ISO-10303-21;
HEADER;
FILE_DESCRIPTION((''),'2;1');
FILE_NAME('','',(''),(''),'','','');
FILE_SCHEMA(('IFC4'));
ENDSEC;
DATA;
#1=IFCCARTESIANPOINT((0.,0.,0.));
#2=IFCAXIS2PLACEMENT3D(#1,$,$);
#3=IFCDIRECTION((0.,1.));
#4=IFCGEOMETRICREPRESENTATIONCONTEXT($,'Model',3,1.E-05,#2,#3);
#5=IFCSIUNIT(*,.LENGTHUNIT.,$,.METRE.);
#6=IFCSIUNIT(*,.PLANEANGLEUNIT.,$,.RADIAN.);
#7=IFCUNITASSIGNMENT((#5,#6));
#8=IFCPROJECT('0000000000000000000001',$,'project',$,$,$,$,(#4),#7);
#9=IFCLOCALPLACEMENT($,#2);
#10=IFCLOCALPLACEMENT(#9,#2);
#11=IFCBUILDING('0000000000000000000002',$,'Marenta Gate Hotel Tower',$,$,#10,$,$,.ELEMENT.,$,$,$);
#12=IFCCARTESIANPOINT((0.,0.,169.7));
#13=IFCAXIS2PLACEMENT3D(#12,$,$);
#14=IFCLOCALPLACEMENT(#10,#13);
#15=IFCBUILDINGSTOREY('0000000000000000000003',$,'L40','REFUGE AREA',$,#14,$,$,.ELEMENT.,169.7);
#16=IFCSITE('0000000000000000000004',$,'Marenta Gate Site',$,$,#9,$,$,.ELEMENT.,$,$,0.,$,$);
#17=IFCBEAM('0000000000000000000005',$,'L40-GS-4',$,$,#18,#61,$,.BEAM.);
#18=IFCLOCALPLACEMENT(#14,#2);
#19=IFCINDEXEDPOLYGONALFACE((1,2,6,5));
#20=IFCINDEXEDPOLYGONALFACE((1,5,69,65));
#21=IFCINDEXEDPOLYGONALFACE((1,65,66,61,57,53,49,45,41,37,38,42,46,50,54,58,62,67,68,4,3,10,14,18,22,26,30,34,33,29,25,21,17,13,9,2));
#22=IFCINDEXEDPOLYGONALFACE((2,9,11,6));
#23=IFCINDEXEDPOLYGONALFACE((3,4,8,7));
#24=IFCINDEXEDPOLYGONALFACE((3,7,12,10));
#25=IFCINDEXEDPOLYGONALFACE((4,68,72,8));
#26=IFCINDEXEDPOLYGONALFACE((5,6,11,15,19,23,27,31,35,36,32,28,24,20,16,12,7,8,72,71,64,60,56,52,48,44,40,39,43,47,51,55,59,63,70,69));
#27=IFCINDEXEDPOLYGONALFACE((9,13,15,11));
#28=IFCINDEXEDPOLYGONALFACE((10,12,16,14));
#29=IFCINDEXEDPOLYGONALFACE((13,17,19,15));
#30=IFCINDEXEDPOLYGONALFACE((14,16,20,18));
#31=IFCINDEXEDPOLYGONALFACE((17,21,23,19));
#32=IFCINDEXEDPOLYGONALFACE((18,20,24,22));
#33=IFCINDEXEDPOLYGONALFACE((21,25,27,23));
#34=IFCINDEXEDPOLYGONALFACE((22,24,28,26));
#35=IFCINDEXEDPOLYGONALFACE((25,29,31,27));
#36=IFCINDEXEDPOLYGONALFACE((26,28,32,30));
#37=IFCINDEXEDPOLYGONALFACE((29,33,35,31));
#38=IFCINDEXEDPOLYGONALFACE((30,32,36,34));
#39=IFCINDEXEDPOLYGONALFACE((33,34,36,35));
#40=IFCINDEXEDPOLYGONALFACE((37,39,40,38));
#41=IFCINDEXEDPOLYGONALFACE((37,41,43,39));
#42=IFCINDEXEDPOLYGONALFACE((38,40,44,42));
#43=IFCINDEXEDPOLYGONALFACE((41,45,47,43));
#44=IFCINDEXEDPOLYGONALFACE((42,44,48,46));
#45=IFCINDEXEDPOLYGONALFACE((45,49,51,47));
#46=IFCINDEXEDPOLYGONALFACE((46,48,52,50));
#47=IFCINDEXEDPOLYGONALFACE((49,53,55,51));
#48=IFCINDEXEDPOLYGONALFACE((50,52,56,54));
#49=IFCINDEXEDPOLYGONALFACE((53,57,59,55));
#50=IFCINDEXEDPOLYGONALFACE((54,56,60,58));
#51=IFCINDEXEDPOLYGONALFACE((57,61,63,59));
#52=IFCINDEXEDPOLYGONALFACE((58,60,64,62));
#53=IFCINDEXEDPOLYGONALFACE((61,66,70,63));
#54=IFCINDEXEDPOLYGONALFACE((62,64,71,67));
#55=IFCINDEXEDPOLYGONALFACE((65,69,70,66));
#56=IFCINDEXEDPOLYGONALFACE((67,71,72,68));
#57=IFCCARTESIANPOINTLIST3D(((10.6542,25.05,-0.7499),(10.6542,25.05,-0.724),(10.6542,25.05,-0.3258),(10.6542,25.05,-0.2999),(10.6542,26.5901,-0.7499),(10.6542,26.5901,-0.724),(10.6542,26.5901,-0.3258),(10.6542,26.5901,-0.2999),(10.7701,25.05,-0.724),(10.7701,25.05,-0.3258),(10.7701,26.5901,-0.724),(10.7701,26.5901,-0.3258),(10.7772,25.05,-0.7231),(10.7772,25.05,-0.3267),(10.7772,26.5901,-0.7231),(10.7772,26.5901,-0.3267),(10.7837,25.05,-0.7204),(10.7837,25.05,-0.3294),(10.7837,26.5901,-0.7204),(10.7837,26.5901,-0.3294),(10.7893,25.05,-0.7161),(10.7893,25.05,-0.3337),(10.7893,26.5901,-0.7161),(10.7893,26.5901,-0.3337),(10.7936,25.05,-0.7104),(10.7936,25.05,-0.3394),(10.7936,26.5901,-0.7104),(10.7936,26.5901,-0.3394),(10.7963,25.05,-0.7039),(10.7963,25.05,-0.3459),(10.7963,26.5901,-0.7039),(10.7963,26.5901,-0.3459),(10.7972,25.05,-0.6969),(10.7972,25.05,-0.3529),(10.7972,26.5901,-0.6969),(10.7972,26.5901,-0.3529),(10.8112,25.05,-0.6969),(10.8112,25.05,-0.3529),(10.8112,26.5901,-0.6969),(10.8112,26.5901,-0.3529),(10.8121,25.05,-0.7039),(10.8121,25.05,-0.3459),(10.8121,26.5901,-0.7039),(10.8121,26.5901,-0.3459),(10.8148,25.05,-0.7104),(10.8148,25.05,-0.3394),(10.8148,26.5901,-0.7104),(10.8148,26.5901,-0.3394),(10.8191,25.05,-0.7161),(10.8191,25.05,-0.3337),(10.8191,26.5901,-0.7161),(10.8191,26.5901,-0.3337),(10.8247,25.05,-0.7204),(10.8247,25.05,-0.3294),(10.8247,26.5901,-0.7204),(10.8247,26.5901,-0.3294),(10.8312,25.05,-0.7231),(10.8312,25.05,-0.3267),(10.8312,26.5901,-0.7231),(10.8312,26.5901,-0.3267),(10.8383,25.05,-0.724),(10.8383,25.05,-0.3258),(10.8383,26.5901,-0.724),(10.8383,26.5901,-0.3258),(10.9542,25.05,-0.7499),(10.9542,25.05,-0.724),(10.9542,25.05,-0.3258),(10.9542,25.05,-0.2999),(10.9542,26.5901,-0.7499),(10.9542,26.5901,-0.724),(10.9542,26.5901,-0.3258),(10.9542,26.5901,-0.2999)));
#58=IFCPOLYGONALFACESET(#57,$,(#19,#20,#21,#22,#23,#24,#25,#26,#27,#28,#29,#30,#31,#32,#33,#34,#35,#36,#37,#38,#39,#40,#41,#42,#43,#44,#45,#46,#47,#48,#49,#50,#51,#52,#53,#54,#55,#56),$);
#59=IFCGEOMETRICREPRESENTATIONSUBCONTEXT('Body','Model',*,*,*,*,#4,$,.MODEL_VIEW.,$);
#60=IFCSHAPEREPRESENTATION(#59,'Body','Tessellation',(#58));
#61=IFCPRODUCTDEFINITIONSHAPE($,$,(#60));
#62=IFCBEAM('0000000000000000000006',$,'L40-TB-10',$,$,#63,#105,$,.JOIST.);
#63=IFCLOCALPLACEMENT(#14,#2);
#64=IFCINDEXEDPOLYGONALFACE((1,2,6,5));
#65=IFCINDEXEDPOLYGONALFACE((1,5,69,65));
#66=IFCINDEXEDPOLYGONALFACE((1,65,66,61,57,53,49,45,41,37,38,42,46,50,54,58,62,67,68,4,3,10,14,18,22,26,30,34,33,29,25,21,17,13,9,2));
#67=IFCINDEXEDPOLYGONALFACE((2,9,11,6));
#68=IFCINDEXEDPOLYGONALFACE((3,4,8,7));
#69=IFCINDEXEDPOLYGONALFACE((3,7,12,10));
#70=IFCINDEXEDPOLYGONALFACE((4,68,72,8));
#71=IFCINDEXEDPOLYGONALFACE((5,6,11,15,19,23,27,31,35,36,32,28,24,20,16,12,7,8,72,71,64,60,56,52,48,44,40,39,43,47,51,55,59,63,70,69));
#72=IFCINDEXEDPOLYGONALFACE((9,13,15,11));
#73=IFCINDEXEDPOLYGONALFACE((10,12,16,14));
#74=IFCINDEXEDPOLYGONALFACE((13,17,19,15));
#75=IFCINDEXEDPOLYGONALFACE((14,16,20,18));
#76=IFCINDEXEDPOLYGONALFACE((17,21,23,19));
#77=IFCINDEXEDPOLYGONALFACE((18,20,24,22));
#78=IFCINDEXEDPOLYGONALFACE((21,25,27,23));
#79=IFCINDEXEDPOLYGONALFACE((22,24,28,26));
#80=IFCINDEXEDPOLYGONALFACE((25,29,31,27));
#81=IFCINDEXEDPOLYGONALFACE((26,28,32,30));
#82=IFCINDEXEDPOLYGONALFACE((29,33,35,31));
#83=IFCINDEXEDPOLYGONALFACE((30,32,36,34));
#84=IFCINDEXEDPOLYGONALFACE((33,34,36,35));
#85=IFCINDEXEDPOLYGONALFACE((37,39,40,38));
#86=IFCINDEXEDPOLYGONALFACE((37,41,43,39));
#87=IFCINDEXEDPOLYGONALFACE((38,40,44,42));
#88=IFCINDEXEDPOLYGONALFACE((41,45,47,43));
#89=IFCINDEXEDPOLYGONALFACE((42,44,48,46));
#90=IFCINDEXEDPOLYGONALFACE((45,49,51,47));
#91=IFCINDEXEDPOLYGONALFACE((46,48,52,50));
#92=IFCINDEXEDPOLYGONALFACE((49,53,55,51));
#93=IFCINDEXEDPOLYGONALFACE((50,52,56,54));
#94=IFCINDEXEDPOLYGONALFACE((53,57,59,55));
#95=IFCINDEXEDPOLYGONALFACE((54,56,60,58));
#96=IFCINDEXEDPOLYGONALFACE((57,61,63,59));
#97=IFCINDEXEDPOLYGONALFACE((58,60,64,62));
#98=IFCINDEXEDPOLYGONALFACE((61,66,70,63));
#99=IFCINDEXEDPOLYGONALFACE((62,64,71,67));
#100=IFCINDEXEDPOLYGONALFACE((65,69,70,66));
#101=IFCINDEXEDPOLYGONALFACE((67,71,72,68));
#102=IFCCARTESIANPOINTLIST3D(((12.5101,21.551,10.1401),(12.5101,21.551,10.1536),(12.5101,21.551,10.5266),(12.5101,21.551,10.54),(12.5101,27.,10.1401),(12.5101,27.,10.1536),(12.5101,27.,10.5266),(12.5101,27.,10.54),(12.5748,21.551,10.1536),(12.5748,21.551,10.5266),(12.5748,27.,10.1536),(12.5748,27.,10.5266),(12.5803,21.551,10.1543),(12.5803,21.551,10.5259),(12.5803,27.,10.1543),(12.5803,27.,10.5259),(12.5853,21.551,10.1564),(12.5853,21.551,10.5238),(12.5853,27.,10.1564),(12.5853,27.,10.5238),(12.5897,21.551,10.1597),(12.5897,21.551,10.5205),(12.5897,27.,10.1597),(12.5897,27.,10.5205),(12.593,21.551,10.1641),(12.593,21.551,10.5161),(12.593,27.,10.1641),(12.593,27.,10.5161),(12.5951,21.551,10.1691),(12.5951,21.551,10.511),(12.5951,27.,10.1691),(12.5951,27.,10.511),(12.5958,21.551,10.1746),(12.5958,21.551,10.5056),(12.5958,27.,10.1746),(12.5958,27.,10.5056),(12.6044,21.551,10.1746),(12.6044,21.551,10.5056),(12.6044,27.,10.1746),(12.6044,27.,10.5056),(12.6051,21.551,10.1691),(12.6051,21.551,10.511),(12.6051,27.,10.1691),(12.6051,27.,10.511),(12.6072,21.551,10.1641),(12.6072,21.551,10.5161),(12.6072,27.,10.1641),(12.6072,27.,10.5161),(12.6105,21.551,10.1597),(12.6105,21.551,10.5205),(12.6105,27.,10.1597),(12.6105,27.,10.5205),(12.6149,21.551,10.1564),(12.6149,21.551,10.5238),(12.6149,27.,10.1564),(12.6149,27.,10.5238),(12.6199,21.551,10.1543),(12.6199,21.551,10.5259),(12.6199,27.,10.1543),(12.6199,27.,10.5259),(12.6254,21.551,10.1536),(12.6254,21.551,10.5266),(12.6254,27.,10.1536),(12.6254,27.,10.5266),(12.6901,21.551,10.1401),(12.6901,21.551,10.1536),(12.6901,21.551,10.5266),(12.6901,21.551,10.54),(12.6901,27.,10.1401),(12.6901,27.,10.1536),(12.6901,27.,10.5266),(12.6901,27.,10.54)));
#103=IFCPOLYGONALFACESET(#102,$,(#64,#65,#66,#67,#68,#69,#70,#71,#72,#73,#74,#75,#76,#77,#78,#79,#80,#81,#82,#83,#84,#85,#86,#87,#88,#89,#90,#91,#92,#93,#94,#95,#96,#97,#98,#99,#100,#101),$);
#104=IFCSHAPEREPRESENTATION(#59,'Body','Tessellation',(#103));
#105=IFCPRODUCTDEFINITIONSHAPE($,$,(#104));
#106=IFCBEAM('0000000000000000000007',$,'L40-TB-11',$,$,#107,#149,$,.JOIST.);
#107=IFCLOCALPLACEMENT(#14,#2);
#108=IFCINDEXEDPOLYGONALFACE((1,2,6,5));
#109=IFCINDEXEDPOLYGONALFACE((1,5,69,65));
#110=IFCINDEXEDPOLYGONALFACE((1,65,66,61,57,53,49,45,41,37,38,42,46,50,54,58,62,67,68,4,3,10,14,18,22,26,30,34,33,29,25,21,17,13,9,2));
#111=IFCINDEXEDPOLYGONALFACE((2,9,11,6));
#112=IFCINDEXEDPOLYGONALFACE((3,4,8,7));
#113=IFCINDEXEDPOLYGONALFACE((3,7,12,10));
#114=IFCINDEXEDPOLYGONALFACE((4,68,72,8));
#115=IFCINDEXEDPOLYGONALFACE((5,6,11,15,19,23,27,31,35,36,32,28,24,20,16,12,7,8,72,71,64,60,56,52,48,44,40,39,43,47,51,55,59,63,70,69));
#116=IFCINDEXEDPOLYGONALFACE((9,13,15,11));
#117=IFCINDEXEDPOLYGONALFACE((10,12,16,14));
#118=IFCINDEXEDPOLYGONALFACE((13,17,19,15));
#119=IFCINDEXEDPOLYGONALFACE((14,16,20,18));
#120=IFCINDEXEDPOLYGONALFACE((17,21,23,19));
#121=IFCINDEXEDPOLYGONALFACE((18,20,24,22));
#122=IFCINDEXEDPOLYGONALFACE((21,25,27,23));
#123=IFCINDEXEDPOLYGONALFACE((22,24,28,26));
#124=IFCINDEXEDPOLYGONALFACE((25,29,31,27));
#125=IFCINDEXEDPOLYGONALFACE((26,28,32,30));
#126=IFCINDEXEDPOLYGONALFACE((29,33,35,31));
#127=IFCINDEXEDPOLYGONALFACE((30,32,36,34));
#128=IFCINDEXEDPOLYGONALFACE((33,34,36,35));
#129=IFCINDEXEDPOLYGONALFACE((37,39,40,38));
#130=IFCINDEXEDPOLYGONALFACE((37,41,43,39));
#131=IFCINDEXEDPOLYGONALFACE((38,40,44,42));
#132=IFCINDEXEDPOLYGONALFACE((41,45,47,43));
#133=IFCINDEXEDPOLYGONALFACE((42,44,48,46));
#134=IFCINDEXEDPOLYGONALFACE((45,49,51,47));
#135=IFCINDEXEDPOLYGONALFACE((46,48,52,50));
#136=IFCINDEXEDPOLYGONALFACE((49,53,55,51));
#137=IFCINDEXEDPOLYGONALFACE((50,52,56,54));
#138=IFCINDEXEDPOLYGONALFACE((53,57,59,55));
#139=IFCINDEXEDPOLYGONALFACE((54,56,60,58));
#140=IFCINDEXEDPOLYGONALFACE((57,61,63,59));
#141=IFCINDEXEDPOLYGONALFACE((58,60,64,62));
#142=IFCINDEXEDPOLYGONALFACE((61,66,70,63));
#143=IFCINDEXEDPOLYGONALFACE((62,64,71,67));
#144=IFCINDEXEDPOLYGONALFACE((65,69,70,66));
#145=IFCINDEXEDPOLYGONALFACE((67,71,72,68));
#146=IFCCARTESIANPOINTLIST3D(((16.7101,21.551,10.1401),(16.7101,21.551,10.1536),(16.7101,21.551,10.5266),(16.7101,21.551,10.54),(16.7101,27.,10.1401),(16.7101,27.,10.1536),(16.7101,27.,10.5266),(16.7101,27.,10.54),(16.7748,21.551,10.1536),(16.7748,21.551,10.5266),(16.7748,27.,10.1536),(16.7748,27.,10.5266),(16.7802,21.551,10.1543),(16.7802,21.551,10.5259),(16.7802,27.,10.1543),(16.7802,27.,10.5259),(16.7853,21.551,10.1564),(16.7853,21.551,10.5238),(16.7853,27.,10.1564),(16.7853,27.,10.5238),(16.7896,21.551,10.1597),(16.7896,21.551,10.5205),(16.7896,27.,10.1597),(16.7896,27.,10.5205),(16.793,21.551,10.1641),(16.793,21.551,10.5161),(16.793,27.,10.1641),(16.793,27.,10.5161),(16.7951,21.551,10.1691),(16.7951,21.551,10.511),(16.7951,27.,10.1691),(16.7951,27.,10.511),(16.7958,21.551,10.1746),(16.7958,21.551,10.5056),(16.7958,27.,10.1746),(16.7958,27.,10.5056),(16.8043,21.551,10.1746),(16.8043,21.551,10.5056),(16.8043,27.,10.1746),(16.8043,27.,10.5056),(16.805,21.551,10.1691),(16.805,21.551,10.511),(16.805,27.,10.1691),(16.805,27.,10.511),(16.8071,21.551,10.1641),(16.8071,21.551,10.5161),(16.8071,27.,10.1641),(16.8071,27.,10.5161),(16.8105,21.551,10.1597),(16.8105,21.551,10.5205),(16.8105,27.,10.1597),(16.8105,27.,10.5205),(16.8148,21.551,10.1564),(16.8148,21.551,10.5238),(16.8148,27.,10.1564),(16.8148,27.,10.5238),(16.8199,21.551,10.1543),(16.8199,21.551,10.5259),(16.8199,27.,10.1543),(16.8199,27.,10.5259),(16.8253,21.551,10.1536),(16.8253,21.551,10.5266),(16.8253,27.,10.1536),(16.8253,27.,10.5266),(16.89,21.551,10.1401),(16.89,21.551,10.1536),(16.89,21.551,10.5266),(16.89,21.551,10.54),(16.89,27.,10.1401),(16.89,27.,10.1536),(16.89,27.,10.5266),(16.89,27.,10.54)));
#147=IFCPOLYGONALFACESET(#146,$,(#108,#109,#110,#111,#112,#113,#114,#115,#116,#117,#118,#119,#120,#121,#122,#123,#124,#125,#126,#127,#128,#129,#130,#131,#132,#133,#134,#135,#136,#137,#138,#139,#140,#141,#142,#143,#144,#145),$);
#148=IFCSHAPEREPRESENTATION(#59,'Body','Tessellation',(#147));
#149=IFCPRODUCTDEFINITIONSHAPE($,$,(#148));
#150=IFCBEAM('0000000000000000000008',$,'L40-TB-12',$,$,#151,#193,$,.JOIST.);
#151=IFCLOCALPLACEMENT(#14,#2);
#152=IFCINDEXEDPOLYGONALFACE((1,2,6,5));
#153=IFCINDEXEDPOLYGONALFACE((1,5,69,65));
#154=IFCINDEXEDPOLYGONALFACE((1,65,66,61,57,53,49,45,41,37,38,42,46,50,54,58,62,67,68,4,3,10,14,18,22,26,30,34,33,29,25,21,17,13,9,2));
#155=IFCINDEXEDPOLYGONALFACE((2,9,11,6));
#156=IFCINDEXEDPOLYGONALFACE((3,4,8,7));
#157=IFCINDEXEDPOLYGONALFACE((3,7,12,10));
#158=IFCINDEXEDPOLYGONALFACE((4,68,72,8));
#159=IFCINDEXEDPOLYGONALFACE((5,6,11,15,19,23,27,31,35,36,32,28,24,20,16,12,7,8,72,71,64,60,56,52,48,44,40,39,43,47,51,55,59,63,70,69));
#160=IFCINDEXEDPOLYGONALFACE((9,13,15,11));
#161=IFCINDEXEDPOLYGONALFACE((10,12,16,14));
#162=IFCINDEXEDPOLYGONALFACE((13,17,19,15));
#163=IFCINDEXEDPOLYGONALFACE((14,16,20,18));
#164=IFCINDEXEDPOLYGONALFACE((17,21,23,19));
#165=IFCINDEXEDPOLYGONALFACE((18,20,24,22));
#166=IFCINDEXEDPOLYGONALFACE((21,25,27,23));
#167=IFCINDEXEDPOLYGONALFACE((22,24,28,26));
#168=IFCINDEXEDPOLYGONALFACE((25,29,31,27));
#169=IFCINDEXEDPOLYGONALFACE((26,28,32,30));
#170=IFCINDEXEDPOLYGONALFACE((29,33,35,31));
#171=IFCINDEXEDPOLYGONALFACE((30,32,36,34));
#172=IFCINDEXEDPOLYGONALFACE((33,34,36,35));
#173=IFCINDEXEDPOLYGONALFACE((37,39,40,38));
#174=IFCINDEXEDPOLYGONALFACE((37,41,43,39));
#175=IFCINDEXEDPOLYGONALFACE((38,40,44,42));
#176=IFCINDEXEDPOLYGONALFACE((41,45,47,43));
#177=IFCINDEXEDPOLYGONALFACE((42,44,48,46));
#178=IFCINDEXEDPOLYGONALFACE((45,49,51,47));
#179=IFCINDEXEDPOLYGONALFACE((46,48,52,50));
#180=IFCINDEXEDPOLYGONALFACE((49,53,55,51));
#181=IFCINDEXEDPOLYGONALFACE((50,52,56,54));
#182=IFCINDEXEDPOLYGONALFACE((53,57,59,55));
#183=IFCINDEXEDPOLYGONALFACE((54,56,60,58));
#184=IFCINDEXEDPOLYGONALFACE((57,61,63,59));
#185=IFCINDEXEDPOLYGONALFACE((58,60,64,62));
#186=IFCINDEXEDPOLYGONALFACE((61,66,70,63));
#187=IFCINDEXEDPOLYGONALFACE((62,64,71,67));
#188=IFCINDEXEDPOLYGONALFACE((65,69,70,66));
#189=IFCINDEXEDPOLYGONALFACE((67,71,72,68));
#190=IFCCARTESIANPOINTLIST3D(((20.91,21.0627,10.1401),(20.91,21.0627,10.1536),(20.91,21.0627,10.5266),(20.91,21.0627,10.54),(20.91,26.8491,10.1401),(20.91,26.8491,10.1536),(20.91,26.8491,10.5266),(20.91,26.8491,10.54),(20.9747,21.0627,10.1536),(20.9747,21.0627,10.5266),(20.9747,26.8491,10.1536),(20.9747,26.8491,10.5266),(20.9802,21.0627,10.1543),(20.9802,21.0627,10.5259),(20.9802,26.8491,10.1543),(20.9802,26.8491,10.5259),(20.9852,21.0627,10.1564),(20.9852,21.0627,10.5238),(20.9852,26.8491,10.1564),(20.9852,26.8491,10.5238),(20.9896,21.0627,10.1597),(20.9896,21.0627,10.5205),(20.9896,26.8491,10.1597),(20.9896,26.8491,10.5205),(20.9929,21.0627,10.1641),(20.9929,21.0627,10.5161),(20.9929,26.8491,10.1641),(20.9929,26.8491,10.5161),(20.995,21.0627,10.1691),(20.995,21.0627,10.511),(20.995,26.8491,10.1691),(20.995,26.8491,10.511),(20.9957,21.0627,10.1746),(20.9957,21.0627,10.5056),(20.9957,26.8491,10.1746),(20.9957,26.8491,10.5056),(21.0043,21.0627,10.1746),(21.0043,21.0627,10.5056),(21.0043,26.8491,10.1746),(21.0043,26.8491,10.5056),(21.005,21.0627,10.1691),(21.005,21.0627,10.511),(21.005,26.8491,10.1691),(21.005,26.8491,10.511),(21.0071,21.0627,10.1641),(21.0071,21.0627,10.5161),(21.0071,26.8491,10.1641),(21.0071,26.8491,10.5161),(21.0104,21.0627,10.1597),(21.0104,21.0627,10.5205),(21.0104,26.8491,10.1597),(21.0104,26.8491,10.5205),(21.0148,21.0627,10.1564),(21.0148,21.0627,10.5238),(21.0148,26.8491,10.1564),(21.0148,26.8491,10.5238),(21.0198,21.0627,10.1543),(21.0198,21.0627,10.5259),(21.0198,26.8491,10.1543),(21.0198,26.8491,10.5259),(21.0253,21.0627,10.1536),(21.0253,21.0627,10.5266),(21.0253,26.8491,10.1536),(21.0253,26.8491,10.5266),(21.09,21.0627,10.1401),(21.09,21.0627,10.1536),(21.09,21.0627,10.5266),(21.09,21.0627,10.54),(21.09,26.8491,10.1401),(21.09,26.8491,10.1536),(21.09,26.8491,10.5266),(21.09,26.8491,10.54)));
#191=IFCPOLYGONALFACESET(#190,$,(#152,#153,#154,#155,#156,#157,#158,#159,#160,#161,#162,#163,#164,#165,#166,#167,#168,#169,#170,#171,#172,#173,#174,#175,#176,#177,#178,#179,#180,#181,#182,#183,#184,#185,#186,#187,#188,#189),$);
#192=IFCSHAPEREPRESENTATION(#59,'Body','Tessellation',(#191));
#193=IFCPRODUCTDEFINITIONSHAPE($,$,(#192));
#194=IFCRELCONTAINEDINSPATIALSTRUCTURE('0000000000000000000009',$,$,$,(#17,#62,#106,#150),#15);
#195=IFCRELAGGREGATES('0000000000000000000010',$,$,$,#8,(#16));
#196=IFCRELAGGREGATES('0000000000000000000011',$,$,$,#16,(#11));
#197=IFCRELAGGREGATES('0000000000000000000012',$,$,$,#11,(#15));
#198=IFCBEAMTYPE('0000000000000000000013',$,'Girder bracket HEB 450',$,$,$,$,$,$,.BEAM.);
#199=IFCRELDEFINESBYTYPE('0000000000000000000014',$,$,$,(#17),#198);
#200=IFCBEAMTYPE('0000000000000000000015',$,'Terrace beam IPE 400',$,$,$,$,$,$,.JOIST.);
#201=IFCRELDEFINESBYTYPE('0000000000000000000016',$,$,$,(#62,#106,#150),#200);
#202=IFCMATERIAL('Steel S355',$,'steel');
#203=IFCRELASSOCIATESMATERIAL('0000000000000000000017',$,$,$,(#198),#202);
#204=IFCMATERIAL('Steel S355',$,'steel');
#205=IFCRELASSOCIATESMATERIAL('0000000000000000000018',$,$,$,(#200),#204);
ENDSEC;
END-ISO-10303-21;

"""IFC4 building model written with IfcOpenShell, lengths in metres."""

from ifc_helpers import new_model, si_unit, direction, frame, origin, origin_2d, place, context, subcontext, project, spatial, i_section, extrude, material, material_profile, profile_set, type_object, element, save


model = new_model("IFC4")

# Units and contexts
model_context = context("Model", 3, precision=1e-05, world=origin(), true_north=direction((0.0, 1.0)))
body_context = subcontext(model_context, "Body", "Model", "MODEL_VIEW")
ifc_project = project(units=[si_unit("LENGTHUNIT", "METRE"), si_unit("PLANEANGLEUNIT", "RADIAN")], contexts=[model_context])

# Site, building, storey
site_placement = place(None, origin())
site = spatial("IfcSite", under=ifc_project, at=site_placement, Name="Marenta Gate Site", CompositionType="ELEMENT", RefElevation=0.0)
building_placement = place(site_placement, origin())
building = spatial("IfcBuilding", under=site, at=building_placement, Name="Marenta Gate Hotel Tower", CompositionType="ELEMENT")
storey_placement = place(building_placement, frame((0.0, 0.0, 169.7)))
storey = spatial("IfcBuildingStorey", under=building, at=storey_placement, Name="L40", Description="REFUGE AREA", CompositionType="ELEMENT", Elevation=169.7)

# Beams
ifc_material_1 = material(Name="Steel S355", Category="steel")
ifc_material_profile_1 = material_profile(ifc_material_1, i_section(OverallWidth=0.3, OverallDepth=0.45, WebThickness=0.0139, FlangeThickness=0.0259, FilletRadius=0.0271, at=origin_2d()), Name="HEB 450")
ifc_profile_set_1 = profile_set([ifc_material_profile_1], Name="Steel S355")
beam_type_1 = type_object("IfcBeamType", Name="Girder bracket HEB 450", PredefinedType="BEAM", material=ifc_profile_set_1)
beam_1_placement = place(storey_placement, frame((10.8042, 25.05, -0.5249), z_axis=(0.0, 1.0, 0.0), x_axis=(-1.0, 0.0, 0.0)))
element("IfcBeam", 1, at=beam_1_placement, inside=storey, type_object=beam_type_1, Name="L40-GS-4", PredefinedType="BEAM", context=body_context, shape_type="SweptSolid", body=[
    extrude(i_section(OverallWidth=0.3, OverallDepth=0.45, WebThickness=0.0139, FlangeThickness=0.0259, FilletRadius=0.0271, at=origin_2d()), origin(), (0.0, 0.0, 1.0), 1.54),
])
ifc_material_2 = material(Name="Steel S355", Category="steel")
ifc_material_profile_2 = material_profile(ifc_material_2, i_section(OverallWidth=0.1799, OverallDepth=0.3999, WebThickness=0.0085, FlangeThickness=0.0134, FilletRadius=0.021, at=origin_2d()), Name="IPE 400")
ifc_profile_set_2 = profile_set([ifc_material_profile_2], Name="Steel S355")
beam_type_2 = type_object("IfcBeamType", Name="Terrace beam IPE 400", PredefinedType="JOIST", material=ifc_profile_set_2)
for number, where, z_axis, x_axis, name in (
    (2, (12.6001, 21.551, 10.3401), (0.0, 1.0, 0.0), (-1.0, 0.0, 0.0), "L40-TB-10"),
    (3, (16.8, 21.551, 10.3401), (0.0, 1.0, 0.0), (-1.0, 0.0, 0.0), "L40-TB-11"),
):
    element("IfcBeam", number, at=place(storey_placement, frame(where, z_axis=z_axis, x_axis=x_axis)), inside=storey, type_object=beam_type_2, Name=name, PredefinedType="JOIST", context=body_context, shape_type="SweptSolid", body=[
        extrude(i_section(OverallWidth=0.1799, OverallDepth=0.3999, WebThickness=0.0085, FlangeThickness=0.0134, FilletRadius=0.021, at=origin_2d()), origin(), (0.0, 0.0, 1.0), 5.449),
    ])
beam_2_placement = place(storey_placement, frame((21.0, 21.0627, 10.3401), z_axis=(0.0, 1.0, 0.0), x_axis=(-1.0, 0.0, 0.0)))
element("IfcBeam", 4, at=beam_2_placement, inside=storey, type_object=beam_type_2, Name="L40-TB-12", PredefinedType="JOIST", context=body_context, shape_type="SweptSolid", body=[
    extrude(i_section(OverallWidth=0.1799, OverallDepth=0.3999, WebThickness=0.0085, FlangeThickness=0.0134, FilletRadius=0.021, at=origin_2d()), origin(), (0.0, 0.0, 1.0), 5.7864),
])

save(model, "model.ifc")
